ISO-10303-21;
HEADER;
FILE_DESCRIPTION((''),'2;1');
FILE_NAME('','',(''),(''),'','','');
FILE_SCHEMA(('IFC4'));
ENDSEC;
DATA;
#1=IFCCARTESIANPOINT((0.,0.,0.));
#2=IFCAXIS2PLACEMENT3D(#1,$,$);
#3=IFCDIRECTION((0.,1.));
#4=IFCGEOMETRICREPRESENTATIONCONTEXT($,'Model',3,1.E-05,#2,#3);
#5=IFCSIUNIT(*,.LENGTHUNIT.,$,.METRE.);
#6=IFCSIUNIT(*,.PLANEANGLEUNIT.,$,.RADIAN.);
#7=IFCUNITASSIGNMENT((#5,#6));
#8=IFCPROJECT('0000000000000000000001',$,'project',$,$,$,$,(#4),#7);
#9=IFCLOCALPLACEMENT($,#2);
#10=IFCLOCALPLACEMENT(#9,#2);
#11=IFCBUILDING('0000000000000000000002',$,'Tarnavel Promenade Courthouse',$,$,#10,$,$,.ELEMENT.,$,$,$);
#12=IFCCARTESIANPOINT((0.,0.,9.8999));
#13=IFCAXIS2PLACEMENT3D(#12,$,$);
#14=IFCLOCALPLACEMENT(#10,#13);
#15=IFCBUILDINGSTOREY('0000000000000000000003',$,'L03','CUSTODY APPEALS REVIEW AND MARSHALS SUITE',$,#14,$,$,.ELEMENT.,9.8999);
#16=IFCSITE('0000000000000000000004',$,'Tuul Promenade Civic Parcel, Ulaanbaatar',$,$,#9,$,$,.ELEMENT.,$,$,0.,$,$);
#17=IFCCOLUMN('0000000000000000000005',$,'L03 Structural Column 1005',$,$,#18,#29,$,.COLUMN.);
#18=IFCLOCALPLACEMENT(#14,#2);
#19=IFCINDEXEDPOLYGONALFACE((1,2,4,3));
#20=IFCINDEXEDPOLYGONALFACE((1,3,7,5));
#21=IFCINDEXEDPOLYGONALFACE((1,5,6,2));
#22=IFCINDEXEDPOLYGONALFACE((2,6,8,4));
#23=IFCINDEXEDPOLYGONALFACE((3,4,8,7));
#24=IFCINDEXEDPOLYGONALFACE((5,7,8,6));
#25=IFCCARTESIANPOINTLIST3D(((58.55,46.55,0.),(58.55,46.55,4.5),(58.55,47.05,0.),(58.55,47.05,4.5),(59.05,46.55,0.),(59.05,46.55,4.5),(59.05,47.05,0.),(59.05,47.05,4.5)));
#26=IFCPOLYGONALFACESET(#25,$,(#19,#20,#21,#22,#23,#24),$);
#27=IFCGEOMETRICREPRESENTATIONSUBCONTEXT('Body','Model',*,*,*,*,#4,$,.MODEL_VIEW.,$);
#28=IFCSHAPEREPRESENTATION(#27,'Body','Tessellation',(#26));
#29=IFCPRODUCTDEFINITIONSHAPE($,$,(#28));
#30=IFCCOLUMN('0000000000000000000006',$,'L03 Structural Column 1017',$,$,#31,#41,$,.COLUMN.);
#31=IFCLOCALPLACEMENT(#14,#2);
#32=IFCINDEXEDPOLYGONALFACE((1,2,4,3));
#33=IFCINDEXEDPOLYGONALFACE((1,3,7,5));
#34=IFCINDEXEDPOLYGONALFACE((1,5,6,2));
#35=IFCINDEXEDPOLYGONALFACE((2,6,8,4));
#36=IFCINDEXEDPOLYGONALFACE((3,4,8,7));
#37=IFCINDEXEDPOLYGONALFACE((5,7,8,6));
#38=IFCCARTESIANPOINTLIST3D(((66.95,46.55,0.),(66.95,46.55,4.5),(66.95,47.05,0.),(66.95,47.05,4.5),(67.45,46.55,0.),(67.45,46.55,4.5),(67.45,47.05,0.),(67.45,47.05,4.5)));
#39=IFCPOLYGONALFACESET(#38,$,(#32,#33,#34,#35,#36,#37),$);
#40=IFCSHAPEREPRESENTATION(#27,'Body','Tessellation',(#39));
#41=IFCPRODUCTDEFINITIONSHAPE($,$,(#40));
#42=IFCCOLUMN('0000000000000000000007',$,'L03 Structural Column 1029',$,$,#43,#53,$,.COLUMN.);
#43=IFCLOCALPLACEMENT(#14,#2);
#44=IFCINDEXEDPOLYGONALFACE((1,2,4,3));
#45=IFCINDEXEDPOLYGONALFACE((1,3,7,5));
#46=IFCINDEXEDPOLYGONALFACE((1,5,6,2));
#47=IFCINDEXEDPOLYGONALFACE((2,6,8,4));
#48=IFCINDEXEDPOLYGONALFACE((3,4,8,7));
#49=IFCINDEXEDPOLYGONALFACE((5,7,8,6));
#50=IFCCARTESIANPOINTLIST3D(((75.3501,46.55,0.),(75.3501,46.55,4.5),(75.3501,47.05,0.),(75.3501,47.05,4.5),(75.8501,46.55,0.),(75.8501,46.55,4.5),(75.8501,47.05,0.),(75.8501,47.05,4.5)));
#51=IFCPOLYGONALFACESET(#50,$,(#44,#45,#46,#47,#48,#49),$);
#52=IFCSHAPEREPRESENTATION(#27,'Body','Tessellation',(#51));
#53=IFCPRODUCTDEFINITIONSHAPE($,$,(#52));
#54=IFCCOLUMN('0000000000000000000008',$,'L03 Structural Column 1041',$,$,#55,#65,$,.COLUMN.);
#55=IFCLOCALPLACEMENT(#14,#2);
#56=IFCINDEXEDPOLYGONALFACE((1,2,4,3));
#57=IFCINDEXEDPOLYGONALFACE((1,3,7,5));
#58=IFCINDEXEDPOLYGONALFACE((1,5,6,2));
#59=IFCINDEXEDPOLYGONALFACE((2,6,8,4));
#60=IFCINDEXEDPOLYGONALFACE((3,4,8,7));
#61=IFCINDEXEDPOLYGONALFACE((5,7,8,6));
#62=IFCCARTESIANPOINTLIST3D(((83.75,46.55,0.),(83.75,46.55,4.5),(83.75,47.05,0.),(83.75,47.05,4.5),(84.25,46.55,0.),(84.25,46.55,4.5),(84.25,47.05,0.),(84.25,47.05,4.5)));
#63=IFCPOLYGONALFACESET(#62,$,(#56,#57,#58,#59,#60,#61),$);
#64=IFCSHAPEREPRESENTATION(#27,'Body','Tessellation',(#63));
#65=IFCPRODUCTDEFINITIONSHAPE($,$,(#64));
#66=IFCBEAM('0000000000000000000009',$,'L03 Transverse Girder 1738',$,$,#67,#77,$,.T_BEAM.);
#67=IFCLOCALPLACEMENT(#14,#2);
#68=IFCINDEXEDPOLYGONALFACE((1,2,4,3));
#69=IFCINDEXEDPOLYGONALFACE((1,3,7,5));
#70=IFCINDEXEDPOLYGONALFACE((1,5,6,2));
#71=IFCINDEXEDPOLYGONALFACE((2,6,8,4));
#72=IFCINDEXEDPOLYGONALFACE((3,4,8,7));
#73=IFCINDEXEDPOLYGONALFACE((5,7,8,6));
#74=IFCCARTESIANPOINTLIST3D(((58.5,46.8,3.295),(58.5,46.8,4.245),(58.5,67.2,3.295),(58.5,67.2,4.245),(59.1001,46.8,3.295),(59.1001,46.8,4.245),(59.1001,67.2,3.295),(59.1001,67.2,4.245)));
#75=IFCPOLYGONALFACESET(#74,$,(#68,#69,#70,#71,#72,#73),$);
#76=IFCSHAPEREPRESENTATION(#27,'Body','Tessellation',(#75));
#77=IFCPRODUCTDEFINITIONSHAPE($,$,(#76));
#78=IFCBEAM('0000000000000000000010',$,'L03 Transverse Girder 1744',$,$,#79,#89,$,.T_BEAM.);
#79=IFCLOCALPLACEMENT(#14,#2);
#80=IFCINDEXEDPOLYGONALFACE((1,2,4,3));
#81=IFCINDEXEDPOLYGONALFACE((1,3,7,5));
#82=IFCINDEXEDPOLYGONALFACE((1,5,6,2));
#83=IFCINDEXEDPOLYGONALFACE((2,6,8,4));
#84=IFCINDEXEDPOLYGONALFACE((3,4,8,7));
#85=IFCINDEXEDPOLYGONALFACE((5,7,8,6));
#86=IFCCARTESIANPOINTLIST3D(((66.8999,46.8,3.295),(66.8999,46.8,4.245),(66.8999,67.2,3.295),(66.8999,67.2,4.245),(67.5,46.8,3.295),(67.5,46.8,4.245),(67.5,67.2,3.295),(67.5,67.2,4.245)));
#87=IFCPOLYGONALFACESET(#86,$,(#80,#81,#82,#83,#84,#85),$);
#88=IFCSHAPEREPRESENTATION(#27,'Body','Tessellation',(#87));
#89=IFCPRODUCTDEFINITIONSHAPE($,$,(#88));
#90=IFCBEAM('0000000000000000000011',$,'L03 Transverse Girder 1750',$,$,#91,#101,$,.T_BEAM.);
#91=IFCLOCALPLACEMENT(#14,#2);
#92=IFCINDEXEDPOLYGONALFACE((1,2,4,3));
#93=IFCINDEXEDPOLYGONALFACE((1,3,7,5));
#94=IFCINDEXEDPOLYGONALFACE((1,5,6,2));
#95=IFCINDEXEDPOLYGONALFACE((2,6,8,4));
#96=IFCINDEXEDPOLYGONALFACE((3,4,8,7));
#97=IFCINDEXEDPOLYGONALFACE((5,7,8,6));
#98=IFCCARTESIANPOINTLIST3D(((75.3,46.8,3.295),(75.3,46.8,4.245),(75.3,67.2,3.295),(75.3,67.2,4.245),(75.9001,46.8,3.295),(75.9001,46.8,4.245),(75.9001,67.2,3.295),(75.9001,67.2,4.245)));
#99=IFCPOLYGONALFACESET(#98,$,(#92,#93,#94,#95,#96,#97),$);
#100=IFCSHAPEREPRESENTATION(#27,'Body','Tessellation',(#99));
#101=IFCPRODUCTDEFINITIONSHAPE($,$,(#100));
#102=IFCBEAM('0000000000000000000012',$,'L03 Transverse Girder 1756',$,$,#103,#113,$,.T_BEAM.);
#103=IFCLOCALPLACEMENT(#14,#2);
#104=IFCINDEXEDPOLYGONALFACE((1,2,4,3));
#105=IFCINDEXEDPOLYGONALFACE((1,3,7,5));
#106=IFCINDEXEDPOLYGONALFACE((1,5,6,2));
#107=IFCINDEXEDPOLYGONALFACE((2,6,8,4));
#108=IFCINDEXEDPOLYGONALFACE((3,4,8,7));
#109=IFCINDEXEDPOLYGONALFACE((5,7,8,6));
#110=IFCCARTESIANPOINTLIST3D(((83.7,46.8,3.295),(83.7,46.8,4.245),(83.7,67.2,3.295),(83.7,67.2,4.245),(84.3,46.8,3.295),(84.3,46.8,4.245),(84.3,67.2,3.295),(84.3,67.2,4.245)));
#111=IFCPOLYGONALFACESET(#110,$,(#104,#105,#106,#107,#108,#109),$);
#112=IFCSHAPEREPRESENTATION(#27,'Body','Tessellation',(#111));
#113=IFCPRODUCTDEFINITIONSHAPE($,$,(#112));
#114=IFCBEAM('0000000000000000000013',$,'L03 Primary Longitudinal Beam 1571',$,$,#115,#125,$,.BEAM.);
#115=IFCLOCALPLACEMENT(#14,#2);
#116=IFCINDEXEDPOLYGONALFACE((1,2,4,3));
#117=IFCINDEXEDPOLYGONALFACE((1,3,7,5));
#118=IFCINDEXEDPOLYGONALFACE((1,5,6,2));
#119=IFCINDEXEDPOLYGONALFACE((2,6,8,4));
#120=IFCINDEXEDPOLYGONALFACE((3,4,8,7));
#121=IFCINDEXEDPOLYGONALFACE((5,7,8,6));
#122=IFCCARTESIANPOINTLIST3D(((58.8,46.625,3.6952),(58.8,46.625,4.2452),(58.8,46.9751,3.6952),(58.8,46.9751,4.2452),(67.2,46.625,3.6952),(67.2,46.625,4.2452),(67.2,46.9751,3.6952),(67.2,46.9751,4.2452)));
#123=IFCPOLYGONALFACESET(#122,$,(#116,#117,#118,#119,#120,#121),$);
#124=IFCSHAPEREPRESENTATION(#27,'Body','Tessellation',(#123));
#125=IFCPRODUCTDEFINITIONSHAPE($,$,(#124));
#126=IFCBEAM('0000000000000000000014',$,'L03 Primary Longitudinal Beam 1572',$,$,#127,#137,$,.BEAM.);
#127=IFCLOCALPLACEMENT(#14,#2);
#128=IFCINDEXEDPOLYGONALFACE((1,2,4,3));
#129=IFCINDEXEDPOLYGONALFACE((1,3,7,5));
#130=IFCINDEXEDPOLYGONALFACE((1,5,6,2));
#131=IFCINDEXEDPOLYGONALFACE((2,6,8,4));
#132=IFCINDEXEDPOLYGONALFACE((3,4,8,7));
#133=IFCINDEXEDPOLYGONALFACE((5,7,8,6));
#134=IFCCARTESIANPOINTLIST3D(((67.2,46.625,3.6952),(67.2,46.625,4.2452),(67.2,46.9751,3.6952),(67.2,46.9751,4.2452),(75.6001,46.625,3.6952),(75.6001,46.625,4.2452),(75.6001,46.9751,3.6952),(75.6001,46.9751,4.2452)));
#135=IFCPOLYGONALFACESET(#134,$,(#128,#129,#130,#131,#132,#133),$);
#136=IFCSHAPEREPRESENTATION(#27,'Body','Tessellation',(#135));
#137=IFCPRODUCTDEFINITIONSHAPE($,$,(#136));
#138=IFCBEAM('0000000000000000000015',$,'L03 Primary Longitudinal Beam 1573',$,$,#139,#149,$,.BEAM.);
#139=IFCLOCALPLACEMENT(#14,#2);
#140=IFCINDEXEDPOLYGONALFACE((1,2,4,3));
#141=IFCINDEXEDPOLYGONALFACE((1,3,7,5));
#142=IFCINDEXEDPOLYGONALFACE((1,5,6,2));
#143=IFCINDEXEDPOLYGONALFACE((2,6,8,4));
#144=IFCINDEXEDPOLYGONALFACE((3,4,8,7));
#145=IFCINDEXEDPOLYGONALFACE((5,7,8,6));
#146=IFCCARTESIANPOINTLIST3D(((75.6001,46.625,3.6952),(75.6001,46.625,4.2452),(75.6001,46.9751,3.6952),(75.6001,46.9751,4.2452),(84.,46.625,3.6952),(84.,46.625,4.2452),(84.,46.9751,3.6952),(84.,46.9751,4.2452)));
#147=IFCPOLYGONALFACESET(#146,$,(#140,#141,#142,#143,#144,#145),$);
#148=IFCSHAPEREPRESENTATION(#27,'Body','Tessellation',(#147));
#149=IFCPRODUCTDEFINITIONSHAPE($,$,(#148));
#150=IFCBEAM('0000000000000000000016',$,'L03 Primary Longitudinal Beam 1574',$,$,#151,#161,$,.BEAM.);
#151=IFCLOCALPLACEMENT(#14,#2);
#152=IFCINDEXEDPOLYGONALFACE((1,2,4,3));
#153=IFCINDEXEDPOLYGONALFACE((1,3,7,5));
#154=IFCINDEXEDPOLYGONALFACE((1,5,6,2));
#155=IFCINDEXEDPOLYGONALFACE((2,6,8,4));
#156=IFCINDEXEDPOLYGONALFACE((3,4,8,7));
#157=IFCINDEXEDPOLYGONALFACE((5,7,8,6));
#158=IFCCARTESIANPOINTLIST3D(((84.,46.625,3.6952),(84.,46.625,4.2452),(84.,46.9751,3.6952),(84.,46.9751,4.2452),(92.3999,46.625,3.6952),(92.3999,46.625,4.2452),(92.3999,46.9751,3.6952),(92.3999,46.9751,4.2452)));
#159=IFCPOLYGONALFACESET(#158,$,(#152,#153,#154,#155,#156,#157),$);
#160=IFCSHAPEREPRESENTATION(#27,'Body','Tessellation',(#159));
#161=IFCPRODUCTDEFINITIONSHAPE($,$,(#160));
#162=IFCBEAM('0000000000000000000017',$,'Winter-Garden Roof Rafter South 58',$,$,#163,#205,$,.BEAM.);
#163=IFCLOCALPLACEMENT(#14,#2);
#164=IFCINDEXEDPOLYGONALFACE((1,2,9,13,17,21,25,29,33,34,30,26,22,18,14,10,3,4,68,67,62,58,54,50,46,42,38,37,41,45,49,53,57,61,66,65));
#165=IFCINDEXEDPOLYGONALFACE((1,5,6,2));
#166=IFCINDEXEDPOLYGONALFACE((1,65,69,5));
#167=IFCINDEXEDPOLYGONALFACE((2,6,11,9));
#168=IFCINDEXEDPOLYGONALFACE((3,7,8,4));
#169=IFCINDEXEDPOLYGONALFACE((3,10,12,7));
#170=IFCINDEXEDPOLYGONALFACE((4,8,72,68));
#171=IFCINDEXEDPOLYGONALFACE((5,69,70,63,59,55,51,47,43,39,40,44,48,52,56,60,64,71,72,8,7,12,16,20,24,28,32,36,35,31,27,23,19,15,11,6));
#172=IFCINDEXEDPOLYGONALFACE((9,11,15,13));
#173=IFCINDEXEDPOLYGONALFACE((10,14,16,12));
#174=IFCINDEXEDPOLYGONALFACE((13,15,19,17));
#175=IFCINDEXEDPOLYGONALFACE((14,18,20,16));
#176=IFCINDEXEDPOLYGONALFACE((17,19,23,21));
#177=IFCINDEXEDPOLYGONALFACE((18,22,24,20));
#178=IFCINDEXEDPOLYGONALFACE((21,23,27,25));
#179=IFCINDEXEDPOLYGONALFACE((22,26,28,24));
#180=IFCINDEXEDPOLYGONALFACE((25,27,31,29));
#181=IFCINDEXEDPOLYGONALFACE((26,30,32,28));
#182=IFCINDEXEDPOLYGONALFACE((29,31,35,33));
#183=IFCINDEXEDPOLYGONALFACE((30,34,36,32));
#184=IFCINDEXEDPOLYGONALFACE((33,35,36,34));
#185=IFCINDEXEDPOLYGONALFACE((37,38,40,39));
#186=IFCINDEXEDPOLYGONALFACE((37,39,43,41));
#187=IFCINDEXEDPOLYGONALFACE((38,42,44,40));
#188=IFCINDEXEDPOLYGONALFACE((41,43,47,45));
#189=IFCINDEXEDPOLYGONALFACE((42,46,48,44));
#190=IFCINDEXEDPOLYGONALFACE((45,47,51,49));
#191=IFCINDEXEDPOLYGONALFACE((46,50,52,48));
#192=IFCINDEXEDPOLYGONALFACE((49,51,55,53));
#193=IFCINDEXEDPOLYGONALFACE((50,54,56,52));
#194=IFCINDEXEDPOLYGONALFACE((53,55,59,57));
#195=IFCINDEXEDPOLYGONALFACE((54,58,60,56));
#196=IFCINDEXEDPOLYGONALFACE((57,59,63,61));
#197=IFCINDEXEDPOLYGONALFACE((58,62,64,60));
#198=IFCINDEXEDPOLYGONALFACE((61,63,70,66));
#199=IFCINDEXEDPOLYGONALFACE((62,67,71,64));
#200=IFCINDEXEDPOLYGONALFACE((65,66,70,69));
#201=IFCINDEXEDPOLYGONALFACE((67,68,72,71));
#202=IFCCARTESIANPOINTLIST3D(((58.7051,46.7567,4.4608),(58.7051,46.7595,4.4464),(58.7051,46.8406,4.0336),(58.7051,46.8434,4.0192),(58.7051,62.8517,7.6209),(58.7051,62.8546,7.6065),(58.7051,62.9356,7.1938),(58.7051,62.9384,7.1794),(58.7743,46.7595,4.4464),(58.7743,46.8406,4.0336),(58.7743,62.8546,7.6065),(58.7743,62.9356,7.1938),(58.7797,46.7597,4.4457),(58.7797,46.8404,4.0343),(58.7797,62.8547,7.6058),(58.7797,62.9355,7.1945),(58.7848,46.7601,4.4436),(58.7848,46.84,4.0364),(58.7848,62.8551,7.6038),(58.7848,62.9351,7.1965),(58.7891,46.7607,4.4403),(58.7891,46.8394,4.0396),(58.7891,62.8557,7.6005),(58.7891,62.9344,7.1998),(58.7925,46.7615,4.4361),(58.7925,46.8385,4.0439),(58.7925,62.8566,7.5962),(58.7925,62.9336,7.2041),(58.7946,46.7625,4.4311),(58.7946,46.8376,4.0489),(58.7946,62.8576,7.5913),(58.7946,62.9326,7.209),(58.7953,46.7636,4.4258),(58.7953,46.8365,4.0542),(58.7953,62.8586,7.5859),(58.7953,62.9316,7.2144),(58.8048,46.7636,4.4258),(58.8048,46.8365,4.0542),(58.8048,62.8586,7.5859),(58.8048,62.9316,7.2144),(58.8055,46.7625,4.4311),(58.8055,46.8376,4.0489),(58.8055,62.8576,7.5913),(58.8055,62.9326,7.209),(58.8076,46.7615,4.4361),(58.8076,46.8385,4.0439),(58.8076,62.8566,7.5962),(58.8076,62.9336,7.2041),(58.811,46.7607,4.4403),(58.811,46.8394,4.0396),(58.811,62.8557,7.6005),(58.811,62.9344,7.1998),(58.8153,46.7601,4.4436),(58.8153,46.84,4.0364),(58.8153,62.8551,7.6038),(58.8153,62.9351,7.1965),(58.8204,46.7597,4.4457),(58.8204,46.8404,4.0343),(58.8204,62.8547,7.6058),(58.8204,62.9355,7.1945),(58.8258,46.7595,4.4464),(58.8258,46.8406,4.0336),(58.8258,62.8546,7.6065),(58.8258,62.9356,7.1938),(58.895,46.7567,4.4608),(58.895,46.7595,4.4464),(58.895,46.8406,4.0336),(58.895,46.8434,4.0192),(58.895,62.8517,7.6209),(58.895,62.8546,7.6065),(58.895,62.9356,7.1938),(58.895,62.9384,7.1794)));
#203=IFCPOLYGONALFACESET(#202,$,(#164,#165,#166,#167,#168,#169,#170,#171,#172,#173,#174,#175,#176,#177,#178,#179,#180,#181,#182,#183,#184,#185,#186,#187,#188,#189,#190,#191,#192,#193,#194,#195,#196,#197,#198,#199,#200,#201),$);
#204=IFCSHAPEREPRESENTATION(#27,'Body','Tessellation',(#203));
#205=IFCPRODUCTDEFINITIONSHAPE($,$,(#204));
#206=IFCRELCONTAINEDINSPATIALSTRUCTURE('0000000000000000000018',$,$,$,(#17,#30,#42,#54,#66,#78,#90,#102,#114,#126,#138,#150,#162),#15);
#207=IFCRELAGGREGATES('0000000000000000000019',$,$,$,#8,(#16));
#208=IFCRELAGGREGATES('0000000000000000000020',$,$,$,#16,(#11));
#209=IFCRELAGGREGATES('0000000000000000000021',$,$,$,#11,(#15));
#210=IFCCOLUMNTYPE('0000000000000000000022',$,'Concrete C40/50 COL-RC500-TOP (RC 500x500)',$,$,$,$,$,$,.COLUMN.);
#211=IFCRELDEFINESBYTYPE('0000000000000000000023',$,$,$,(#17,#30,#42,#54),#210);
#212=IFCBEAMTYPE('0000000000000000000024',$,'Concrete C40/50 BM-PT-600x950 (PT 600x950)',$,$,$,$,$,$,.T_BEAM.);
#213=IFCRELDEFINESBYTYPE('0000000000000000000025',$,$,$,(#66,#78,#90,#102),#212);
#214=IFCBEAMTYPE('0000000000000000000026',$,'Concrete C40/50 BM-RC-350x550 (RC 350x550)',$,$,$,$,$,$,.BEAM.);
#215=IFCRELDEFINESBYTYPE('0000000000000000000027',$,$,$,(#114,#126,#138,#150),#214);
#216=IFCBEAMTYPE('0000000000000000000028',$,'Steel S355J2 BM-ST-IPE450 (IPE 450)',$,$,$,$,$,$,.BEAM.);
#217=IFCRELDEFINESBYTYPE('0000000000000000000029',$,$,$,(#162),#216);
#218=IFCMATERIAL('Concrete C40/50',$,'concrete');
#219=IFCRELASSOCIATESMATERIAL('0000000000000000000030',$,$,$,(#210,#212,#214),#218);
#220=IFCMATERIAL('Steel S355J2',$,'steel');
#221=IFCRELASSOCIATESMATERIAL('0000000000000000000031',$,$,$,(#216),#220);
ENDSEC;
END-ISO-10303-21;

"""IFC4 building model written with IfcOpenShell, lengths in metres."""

from ifc_helpers import new_model, si_unit, direction, frame, origin, origin_2d, place, context, subcontext, project, spatial, rectangle, i_section, extrude, material, material_profile, profile_set, type_object, element, save


model = new_model("IFC4")

# Units and contexts
model_context = context("Model", 3, precision=1e-05, world=origin(), true_north=direction((0.0, 1.0)))
body_context = subcontext(model_context, "Body", "Model", "MODEL_VIEW")
ifc_project = project(units=[si_unit("LENGTHUNIT", "METRE"), si_unit("PLANEANGLEUNIT", "RADIAN")], contexts=[model_context])

# Site, building, storey
site_placement = place(None, origin())
site = spatial("IfcSite", under=ifc_project, at=site_placement, Name="Tuul Promenade Civic Parcel, Ulaanbaatar", CompositionType="ELEMENT", RefElevation=0.0)
building_placement = place(site_placement, origin())
building = spatial("IfcBuilding", under=site, at=building_placement, Name="Tarnavel Promenade Courthouse", CompositionType="ELEMENT")
storey_placement = place(building_placement, frame((0.0, 0.0, 9.8999)))
storey = spatial("IfcBuildingStorey", under=building, at=storey_placement, Name="L03", Description="CUSTODY APPEALS REVIEW AND MARSHALS SUITE", CompositionType="ELEMENT", Elevation=9.8999)

# Columns
ifc_material_1 = material(Name="Concrete C40/50", Category="concrete")
ifc_material_profile_1 = material_profile(ifc_material_1, rectangle(XDim=0.5, YDim=0.5, at=origin_2d()), Name="RC 500x500")
ifc_profile_set_1 = profile_set([ifc_material_profile_1], Name="Concrete C40/50")
column_type = type_object("IfcColumnType", Name="Concrete C40/50 COL-RC500-TOP (RC 500x500)", PredefinedType="COLUMN", material=ifc_profile_set_1)
for number, where, z_axis, x_axis, name in (
    (1, (58.8, 46.8, 0.0), (0.0, 0.0, 1.0), (1.0, 0.0, 0.0), "L03 Structural Column 1005"),
    (2, (67.2, 46.8, 0.0), (0.0, 0.0, 1.0), (1.0, 0.0, 0.0), "L03 Structural Column 1017"),
    (3, (75.6001, 46.8, 0.0), (0.0, 0.0, 1.0), (1.0, 0.0, 0.0), "L03 Structural Column 1029"),
    (4, (84.0, 46.8, 0.0), (0.0, 0.0, 1.0), (1.0, 0.0, 0.0), "L03 Structural Column 1041"),
):
    element("IfcColumn", number, at=place(storey_placement, frame(where, z_axis=z_axis, x_axis=x_axis)), inside=storey, type_object=column_type, Name=name, PredefinedType="COLUMN", context=body_context, shape_type="SweptSolid", body=[
        extrude(rectangle(XDim=0.5, YDim=0.5, at=origin_2d()), origin(), (0.0, 0.0, 1.0), 4.5),
    ])

# Beams
ifc_material_profile_2 = material_profile(ifc_material_1, rectangle(XDim=0.6001, YDim=0.95, at=origin_2d()), Name="PT 600x950")
ifc_profile_set_2 = profile_set([ifc_material_profile_2], Name="Concrete C40/50")
beam_type_1 = type_object("IfcBeamType", Name="Concrete C40/50 BM-PT-600x950 (PT 600x950)", PredefinedType="T_BEAM", material=ifc_profile_set_2)
for number, where, z_axis, x_axis, name in (
    (5, (58.8, 46.8, 3.77), (0.0, 1.0, 0.0), (-1.0, 0.0, 0.0), "L03 Transverse Girder 1738"),
    (6, (67.2, 46.8, 3.77), (0.0, 1.0, 0.0), (-1.0, 0.0, 0.0), "L03 Transverse Girder 1744"),
    (7, (75.6001, 46.8, 3.77), (0.0, 1.0, 0.0), (-1.0, 0.0, 0.0), "L03 Transverse Girder 1750"),
    (8, (84.0, 46.8, 3.77), (0.0, 1.0, 0.0), (-1.0, 0.0, 0.0), "L03 Transverse Girder 1756"),
):
    element("IfcBeam", number, at=place(storey_placement, frame(where, z_axis=z_axis, x_axis=x_axis)), inside=storey, type_object=beam_type_1, Name=name, PredefinedType="T_BEAM", context=body_context, shape_type="SweptSolid", body=[
        extrude(rectangle(XDim=0.6001, YDim=0.95, at=origin_2d()), origin(), (0.0, 0.0, 1.0), 20.3999),
    ])
ifc_material_profile_3 = material_profile(ifc_material_1, rectangle(XDim=0.3501, YDim=0.55, at=origin_2d()), Name="RC 350x550")
ifc_profile_set_3 = profile_set([ifc_material_profile_3], Name="Concrete C40/50")
beam_type_2 = type_object("IfcBeamType", Name="Concrete C40/50 BM-RC-350x550 (RC 350x550)", PredefinedType="BEAM", material=ifc_profile_set_3)
beam_1_placement = place(storey_placement, frame((58.8, 46.8, 3.9702), z_axis=(1.0, 0.0, 0.0), x_axis=(0.0, 1.0, 0.0)))
element("IfcBeam", 9, at=beam_1_placement, inside=storey, type_object=beam_type_2, Name="L03 Primary Longitudinal Beam 1571", PredefinedType="BEAM", context=body_context, shape_type="SweptSolid", body=[
    extrude(rectangle(XDim=0.3501, YDim=0.55, at=origin_2d()), origin(), (0.0, 0.0, 1.0), 8.3999),
])
beam_2_placement = place(storey_placement, frame((67.2, 46.8, 3.9702), z_axis=(1.0, 0.0, 0.0), x_axis=(0.0, 1.0, 0.0)))
element("IfcBeam", 10, at=beam_2_placement, inside=storey, type_object=beam_type_2, Name="L03 Primary Longitudinal Beam 1572", PredefinedType="BEAM", context=body_context, shape_type="SweptSolid", body=[
    extrude(rectangle(XDim=0.3501, YDim=0.55, at=origin_2d()), origin(), (0.0, 0.0, 1.0), 8.4001),
])
for number, where, z_axis, x_axis, name in (
    (11, (75.6001, 46.8, 3.9702), (1.0, 0.0, 0.0), (0.0, 1.0, 0.0), "L03 Primary Longitudinal Beam 1573"),
    (12, (84.0, 46.8, 3.9702), (1.0, 0.0, 0.0), (0.0, 1.0, 0.0), "L03 Primary Longitudinal Beam 1574"),
):
    element("IfcBeam", number, at=place(storey_placement, frame(where, z_axis=z_axis, x_axis=x_axis)), inside=storey, type_object=beam_type_2, Name=name, PredefinedType="BEAM", context=body_context, shape_type="SweptSolid", body=[
        extrude(rectangle(XDim=0.3501, YDim=0.55, at=origin_2d()), origin(), (0.0, 0.0, 1.0), 8.3999),
    ])
ifc_material_2 = material(Name="Steel S355J2", Category="steel")
ifc_material_profile_4 = material_profile(ifc_material_2, i_section(OverallWidth=0.1899, OverallDepth=0.45, WebThickness=0.0095, FlangeThickness=0.0146, FilletRadius=0.021, at=origin_2d()), Name="IPE 450")
ifc_profile_set_4 = profile_set([ifc_material_profile_4], Name="Steel S355J2")
beam_type_3 = type_object("IfcBeamType", Name="Steel S355J2 BM-ST-IPE450 (IPE 450)", PredefinedType="BEAM", material=ifc_profile_set_4)
for number, where, z_axis, x_axis, name in (
    (13, (58.8, 46.8, 4.24), (0.0, 0.981264, 0.192666), (-1.0, 0.0, 0.0), "Winter-Garden Roof Rafter South 58"),
):
    element("IfcBeam", number, at=place(storey_placement, frame(where, z_axis=z_axis, x_axis=x_axis)), inside=storey, type_object=beam_type_3, Name=name, PredefinedType="BEAM", context=body_context, shape_type="SweptSolid", body=[
        extrude(i_section(OverallWidth=0.1899, OverallDepth=0.45, WebThickness=0.0095, FlangeThickness=0.0146, FilletRadius=0.021, at=origin_2d()), origin(), (0.0, 0.0, 1.0), 16.4023),
    ])

save(model, "model.ifc")
